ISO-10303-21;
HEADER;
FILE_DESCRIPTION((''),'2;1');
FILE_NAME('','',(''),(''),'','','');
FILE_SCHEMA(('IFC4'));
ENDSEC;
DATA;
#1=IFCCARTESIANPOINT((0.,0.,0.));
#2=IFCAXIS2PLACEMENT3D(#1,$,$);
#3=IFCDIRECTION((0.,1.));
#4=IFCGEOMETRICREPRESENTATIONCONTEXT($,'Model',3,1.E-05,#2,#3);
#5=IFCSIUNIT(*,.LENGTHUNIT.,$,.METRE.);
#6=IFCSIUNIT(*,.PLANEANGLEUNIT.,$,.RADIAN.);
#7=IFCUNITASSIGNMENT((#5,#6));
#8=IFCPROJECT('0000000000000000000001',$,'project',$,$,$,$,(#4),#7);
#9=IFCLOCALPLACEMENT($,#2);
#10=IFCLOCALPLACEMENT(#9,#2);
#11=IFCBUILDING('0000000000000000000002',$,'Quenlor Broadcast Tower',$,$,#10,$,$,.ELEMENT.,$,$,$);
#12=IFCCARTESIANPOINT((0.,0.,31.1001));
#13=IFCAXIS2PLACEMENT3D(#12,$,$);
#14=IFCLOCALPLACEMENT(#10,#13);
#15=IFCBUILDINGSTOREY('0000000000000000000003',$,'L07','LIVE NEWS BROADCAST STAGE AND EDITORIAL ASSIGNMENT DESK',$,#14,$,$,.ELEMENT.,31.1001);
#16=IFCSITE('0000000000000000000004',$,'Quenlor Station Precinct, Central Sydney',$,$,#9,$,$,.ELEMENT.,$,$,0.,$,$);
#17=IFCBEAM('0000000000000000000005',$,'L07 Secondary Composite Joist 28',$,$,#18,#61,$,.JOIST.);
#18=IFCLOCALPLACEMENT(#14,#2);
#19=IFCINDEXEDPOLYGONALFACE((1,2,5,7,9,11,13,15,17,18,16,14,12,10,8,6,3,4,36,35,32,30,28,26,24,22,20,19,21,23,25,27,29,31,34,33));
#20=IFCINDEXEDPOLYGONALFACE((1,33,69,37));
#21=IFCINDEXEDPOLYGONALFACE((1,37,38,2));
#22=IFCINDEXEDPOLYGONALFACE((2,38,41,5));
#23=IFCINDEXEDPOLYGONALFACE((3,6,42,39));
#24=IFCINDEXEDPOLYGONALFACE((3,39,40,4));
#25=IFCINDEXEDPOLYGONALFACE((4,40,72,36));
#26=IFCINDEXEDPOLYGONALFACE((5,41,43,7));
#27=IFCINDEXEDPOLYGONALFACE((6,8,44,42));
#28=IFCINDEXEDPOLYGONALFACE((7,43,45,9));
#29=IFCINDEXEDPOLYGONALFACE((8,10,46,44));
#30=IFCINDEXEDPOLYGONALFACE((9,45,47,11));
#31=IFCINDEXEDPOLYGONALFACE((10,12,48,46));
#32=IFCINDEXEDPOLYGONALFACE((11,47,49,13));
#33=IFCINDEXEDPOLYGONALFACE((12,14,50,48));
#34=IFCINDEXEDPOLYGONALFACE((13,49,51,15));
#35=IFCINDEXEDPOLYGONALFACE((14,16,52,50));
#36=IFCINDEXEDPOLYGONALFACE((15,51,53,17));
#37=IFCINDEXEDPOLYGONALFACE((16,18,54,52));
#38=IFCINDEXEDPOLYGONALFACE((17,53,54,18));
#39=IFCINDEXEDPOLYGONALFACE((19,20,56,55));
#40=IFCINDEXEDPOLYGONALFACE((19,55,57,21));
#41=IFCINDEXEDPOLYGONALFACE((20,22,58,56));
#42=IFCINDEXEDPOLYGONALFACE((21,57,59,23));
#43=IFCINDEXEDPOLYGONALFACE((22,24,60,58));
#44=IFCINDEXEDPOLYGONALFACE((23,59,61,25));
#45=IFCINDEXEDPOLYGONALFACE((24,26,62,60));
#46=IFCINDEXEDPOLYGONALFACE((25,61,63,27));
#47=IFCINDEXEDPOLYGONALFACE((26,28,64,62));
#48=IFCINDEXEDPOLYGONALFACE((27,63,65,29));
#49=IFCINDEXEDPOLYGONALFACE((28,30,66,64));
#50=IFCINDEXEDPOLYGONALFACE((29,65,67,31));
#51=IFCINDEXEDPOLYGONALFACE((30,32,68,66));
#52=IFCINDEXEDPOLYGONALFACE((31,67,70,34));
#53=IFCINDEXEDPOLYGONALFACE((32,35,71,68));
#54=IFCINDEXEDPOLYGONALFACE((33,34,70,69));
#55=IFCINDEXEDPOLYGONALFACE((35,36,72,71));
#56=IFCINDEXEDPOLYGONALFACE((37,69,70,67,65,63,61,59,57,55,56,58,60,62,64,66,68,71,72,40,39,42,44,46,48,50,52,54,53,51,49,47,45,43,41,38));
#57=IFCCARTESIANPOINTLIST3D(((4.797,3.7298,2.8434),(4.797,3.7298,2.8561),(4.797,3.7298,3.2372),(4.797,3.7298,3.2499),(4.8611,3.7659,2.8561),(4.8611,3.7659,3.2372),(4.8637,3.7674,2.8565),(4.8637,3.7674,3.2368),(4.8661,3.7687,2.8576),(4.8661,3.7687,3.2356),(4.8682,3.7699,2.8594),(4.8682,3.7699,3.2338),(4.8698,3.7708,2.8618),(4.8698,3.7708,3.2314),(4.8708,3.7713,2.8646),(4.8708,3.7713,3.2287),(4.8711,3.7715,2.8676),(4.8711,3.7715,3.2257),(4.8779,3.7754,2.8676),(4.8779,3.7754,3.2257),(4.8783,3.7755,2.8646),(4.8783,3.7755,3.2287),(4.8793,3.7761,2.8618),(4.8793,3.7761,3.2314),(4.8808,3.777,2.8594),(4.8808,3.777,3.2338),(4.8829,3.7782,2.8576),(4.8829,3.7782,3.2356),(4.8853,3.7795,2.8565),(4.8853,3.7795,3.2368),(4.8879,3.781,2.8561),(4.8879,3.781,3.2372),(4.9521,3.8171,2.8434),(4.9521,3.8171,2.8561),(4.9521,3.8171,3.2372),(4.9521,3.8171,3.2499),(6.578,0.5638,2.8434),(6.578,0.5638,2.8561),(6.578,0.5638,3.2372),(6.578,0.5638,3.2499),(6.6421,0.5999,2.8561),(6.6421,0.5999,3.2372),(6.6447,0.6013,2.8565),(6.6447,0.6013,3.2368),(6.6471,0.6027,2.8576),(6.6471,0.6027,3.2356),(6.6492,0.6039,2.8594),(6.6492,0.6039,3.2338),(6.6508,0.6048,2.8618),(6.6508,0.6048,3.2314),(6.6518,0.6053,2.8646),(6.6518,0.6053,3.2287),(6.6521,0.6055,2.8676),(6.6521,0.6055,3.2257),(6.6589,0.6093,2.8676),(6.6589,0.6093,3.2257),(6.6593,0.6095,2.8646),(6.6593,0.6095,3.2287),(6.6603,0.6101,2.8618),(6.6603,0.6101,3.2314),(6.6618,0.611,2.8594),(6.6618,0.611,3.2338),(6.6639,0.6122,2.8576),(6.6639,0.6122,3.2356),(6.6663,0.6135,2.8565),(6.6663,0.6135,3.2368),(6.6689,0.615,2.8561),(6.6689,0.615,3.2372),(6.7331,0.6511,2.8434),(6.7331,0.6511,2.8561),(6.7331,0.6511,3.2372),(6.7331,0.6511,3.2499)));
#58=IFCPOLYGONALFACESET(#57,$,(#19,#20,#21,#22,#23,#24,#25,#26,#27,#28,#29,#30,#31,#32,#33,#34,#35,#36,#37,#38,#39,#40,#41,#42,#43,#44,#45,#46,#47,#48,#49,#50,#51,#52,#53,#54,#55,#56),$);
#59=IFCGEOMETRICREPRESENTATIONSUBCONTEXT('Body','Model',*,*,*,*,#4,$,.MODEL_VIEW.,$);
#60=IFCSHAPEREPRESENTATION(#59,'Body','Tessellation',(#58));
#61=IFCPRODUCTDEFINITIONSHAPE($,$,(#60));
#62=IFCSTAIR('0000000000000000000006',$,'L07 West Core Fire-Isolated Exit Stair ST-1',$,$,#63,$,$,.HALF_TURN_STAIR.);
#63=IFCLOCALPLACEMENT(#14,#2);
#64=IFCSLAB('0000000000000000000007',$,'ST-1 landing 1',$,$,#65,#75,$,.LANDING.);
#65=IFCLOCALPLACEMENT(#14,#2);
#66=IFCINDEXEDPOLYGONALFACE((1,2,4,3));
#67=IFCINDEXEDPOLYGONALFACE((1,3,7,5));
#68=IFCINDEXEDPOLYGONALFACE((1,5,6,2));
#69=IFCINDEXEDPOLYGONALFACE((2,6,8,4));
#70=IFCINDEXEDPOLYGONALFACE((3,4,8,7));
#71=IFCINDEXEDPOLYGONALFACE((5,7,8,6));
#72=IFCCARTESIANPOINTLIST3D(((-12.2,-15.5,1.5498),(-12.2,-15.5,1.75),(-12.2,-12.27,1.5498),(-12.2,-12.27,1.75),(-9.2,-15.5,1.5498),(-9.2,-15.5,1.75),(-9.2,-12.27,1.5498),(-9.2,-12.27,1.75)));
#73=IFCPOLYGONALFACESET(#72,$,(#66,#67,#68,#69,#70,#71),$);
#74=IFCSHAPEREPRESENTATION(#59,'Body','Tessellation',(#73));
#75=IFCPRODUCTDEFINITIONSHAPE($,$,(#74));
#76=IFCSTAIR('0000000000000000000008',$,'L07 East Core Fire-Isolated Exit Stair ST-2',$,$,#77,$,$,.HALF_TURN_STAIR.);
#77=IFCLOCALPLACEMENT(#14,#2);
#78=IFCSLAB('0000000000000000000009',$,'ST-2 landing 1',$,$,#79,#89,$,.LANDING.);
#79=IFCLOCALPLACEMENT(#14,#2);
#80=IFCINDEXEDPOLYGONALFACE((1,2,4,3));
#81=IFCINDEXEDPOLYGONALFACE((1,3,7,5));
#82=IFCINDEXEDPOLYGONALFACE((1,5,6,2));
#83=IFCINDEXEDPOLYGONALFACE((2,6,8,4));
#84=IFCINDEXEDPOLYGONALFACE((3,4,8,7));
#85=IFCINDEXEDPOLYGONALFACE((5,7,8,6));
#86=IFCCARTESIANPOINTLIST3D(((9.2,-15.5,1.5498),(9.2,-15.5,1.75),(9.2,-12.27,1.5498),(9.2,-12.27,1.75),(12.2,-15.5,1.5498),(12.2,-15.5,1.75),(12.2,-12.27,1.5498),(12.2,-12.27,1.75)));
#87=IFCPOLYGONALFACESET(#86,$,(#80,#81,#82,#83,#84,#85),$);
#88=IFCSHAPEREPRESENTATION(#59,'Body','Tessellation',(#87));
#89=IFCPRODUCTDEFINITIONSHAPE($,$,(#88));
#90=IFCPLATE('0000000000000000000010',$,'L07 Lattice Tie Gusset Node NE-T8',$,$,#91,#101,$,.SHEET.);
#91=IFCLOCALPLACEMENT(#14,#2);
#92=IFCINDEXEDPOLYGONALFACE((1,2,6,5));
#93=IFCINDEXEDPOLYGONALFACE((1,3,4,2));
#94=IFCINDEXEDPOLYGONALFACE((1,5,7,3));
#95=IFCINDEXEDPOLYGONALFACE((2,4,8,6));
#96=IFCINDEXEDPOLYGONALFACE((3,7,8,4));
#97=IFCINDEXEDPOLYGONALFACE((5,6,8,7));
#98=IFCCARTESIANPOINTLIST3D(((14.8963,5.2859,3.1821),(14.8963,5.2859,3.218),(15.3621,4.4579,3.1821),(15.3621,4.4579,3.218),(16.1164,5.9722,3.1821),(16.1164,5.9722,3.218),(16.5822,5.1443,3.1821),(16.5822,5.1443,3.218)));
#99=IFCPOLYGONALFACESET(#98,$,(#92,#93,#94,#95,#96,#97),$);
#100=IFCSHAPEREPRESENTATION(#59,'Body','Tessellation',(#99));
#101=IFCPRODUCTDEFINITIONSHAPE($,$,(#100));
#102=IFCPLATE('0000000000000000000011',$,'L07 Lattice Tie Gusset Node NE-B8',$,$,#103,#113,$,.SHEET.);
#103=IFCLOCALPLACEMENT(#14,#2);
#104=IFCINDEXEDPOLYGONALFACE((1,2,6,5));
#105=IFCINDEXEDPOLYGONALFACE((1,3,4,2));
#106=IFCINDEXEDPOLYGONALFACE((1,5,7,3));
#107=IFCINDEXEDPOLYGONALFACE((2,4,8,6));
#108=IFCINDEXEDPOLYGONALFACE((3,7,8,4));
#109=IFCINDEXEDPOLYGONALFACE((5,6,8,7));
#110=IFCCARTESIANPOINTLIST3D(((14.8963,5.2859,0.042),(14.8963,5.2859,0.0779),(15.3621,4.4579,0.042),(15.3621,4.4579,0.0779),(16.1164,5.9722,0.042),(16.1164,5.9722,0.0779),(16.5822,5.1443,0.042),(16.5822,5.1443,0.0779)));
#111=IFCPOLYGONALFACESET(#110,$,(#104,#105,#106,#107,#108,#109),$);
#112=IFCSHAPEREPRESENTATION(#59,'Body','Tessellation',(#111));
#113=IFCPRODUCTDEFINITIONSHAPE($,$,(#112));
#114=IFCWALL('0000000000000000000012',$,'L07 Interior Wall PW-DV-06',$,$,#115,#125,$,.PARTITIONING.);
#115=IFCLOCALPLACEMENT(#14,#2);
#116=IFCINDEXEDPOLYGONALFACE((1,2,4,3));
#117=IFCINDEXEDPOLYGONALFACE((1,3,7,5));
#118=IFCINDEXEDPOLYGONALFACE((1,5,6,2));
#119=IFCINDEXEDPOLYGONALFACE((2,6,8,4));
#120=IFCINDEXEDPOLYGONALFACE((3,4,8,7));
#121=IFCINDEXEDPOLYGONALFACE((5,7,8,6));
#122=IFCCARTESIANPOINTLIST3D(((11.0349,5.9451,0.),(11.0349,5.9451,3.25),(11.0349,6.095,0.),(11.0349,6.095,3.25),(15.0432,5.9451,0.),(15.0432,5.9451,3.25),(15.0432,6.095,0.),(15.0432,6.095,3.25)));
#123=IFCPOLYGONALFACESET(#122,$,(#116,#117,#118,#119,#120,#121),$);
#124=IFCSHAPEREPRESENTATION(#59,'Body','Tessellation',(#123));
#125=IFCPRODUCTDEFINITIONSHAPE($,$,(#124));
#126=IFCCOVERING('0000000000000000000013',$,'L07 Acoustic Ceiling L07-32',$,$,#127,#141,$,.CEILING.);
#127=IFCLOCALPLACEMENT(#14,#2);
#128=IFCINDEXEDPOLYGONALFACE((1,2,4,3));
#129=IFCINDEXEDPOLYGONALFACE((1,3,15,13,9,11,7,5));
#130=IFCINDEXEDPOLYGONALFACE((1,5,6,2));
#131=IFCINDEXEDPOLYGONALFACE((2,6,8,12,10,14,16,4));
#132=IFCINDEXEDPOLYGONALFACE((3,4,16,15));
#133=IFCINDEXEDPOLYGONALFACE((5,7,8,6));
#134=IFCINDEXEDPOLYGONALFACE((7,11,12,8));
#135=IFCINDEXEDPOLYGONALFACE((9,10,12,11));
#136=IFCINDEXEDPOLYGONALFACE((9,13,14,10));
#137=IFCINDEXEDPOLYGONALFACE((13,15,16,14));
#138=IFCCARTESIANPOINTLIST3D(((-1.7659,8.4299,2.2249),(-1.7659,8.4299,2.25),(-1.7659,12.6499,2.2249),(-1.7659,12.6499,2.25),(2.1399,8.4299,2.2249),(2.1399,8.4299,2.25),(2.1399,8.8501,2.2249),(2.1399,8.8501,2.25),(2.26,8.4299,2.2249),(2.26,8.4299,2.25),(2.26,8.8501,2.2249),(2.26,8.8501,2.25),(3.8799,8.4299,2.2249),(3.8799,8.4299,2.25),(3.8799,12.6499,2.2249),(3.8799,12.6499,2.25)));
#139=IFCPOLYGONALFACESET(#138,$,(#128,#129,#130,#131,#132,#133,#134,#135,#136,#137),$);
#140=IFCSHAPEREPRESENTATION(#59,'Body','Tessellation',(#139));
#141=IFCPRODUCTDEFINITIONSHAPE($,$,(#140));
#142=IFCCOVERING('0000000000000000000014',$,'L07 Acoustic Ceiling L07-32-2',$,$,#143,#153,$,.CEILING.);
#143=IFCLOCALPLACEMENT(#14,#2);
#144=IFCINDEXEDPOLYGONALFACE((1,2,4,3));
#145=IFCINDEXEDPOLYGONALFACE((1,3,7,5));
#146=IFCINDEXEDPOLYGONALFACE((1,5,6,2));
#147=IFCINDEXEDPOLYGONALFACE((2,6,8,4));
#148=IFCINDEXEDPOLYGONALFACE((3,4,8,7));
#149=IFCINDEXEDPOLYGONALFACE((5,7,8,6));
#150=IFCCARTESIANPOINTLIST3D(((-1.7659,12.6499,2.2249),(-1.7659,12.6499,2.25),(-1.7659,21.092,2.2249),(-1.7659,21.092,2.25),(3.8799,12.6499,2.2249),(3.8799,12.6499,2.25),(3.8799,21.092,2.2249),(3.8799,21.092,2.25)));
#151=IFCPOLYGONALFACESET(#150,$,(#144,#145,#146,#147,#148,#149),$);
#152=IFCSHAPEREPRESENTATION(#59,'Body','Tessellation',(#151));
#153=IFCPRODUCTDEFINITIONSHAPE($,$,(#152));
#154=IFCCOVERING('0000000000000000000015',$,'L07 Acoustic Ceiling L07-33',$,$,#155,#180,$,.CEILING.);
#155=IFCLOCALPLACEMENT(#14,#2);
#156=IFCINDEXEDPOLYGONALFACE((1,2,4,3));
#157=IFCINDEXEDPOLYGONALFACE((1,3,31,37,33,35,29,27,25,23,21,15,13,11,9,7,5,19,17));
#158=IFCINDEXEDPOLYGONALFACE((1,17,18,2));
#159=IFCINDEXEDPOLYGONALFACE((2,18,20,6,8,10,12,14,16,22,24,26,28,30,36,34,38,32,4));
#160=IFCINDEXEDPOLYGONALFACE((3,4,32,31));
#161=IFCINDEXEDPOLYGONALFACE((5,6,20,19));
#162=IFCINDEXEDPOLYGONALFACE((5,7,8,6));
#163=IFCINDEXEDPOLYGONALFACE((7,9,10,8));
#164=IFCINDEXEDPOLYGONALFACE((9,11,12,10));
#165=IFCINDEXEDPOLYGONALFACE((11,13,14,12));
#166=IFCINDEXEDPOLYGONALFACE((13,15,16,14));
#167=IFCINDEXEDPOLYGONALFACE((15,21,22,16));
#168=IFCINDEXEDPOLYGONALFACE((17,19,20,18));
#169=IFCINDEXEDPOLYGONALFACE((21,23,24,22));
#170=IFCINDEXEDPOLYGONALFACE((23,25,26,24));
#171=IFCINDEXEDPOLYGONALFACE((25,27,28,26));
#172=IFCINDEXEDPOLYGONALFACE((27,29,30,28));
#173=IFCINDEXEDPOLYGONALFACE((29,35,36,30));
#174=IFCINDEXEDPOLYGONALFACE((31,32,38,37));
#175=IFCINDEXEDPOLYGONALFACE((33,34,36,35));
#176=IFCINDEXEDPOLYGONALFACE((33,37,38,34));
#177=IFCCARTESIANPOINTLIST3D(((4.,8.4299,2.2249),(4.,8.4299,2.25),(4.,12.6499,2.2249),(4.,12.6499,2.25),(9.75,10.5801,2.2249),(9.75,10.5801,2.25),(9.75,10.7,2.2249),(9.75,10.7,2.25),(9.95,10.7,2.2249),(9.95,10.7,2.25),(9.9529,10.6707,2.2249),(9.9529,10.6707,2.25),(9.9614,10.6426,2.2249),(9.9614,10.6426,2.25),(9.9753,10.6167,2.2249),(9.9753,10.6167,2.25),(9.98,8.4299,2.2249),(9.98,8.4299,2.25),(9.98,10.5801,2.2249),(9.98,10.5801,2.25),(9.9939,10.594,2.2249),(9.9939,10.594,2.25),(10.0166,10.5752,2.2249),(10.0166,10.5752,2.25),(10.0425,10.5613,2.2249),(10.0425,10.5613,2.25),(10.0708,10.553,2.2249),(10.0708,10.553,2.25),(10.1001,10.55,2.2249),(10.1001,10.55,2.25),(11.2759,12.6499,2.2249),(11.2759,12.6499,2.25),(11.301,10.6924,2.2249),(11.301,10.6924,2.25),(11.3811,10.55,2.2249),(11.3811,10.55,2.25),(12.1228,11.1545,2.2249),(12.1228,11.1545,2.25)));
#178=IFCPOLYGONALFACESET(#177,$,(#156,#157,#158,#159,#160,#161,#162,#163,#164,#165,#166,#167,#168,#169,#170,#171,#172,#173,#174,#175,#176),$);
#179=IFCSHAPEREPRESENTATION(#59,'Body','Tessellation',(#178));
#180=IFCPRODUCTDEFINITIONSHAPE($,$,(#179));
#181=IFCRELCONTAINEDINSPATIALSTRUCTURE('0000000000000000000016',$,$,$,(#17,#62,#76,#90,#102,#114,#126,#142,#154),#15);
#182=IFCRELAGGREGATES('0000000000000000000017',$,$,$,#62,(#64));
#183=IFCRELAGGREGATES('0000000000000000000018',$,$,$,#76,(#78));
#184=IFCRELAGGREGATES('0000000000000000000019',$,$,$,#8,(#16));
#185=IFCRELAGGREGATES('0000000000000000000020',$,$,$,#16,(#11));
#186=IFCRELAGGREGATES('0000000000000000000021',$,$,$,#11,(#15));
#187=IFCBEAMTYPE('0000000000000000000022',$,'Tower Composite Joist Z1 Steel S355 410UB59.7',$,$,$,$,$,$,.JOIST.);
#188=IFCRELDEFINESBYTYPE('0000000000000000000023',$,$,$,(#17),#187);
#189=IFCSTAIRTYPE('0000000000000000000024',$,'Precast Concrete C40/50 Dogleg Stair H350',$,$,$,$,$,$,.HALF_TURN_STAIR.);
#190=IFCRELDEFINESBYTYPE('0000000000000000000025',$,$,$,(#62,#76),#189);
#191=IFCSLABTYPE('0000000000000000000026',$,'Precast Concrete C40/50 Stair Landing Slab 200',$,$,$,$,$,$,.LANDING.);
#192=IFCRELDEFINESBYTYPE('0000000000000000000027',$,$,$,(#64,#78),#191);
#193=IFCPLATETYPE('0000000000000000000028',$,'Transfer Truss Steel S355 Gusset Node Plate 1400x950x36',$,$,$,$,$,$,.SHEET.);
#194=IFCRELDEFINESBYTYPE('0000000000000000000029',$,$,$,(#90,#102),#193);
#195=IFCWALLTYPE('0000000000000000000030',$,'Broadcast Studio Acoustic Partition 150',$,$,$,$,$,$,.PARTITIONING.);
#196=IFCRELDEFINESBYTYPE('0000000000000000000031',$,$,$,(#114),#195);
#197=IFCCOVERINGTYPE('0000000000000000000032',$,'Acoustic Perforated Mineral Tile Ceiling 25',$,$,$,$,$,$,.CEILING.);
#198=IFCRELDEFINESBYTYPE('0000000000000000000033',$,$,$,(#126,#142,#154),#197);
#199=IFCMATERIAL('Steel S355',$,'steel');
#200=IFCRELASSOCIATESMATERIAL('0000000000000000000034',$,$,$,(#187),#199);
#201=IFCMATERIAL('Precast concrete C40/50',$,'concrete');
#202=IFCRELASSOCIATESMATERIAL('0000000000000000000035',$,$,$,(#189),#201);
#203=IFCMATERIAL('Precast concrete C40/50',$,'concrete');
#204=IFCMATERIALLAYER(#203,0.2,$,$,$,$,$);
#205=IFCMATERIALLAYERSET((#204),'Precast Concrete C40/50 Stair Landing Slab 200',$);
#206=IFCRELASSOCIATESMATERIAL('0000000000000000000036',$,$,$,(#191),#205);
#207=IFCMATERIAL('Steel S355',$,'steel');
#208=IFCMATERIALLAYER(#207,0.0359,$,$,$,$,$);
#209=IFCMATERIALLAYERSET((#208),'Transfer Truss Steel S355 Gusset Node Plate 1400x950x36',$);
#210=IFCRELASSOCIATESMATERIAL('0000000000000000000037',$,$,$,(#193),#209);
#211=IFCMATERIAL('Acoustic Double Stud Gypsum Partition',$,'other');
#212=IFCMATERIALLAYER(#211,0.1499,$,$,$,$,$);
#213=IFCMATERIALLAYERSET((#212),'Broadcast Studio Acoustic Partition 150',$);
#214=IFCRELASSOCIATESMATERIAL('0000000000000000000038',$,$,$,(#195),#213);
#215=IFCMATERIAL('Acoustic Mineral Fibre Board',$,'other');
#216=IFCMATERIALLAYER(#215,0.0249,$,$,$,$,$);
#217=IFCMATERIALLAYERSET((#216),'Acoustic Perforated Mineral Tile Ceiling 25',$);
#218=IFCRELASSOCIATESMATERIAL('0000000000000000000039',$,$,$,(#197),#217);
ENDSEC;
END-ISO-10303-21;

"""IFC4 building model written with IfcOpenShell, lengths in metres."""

from ifc_helpers import new_model, si_unit, direction, frame, frame_2d, origin, origin_2d, place, context, subcontext, project, spatial, polyline, rectangle, i_section, outline, extrude, material, layer, layer_set, material_profile, profile_set, type_object, element, aggregate, save


model = new_model("IFC4")

# Units and contexts
model_context = context("Model", 3, precision=1e-05, world=origin(), true_north=direction((0.0, 1.0)))
body_context = subcontext(model_context, "Body", "Model", "MODEL_VIEW")
ifc_project = project(units=[si_unit("LENGTHUNIT", "METRE"), si_unit("PLANEANGLEUNIT", "RADIAN")], contexts=[model_context])

# Site, building, storey
site_placement = place(None, origin())
site = spatial("IfcSite", under=ifc_project, at=site_placement, Name="Quenlor Station Precinct, Central Sydney", CompositionType="ELEMENT", RefElevation=0.0)
building_placement = place(site_placement, origin())
building = spatial("IfcBuilding", under=site, at=building_placement, Name="Quenlor Broadcast Tower", CompositionType="ELEMENT")
storey_placement = place(building_placement, frame((0.0, 0.0, 31.1001)))
storey = spatial("IfcBuildingStorey", under=building, at=storey_placement, Name="L07", Description="LIVE NEWS BROADCAST STAGE AND EDITORIAL ASSIGNMENT DESK", CompositionType="ELEMENT", Elevation=31.1001)

# Beam
ifc_material_1 = material(Name="Steel S355", Category="steel")
ifc_material_profile = material_profile(ifc_material_1, i_section(OverallWidth=0.178, OverallDepth=0.4065, WebThickness=0.0078, FlangeThickness=0.0127, FilletRadius=0.0115, at=origin_2d()))
ifc_profile_set = profile_set([ifc_material_profile], Name="Steel S355 410UB59.7")
beam_type = type_object("IfcBeamType", Name="Tower Composite Joist Z1 Steel S355 410UB59.7", PredefinedType="JOIST", material=ifc_profile_set)
beam_placement = place(storey_placement, frame((4.8745, 3.7734, 3.0466), z_axis=(0.490287, -0.871561, 0.0), x_axis=(0.871561, 0.490287, 0.0)))
element("IfcBeam", 1, at=beam_placement, inside=storey, type_object=beam_type, Name="L07 Secondary Composite Joist 28", PredefinedType="JOIST", context=body_context, shape_type="SweptSolid", body=[
    extrude(i_section(OverallWidth=0.178, OverallDepth=0.4065, WebThickness=0.0078, FlangeThickness=0.0127, FilletRadius=0.0115, at=origin_2d()), origin(), (0.0, 0.0, 1.0), 3.6326),
])

# Stairs, slabs
ifc_material_2 = material(Name="Precast concrete C40/50", Category="concrete")
stair_type = type_object("IfcStairType", Name="Precast Concrete C40/50 Dogleg Stair H350", PredefinedType="HALF_TURN_STAIR", material=ifc_material_2)
stair_1_placement = place(storey_placement, origin())
stair_1 = element("IfcStair", 2, at=stair_1_placement, inside=storey, type_object=stair_type, Name="L07 West Core Fire-Isolated Exit Stair ST-1", PredefinedType="HALF_TURN_STAIR")
ifc_material_3 = material(Name="Precast concrete C40/50", Category="concrete")
ifc_layer_1 = layer(ifc_material_3, 0.2)
ifc_layer_set_1 = layer_set([ifc_layer_1], Name="Precast Concrete C40/50 Stair Landing Slab 200")
slab_type = type_object("IfcSlabType", Name="Precast Concrete C40/50 Stair Landing Slab 200", PredefinedType="LANDING", material=ifc_layer_set_1)
slab_1_placement = place(storey_placement, frame((0.0, 0.0, 1.5498)))
slab_1 = element("IfcSlab", 3, at=slab_1_placement, type_object=slab_type, Name="ST-1 landing 1", PredefinedType="LANDING", context=body_context, shape_type="SweptSolid", body=[
    extrude(outline(polyline([(-12.2, -12.27), (-12.2, -15.5), (-9.2, -15.5), (-9.2, -12.27), (-12.2, -12.27)])), origin(), (0.0, 0.0, 1.0), 0.2002),
])
aggregate(stair_1, [slab_1])
stair_2_placement = place(storey_placement, origin())
stair_2 = element("IfcStair", 4, at=stair_2_placement, inside=storey, type_object=stair_type, Name="L07 East Core Fire-Isolated Exit Stair ST-2", PredefinedType="HALF_TURN_STAIR")
slab_2_placement = place(storey_placement, frame((0.0, 0.0, 1.5498)))
slab_2 = element("IfcSlab", 5, at=slab_2_placement, type_object=slab_type, Name="ST-2 landing 1", PredefinedType="LANDING", context=body_context, shape_type="SweptSolid", body=[
    extrude(outline(polyline([(9.2, -12.27), (9.2, -15.5), (12.2, -15.5), (12.2, -12.27), (9.2, -12.27)])), origin(), (0.0, 0.0, 1.0), 0.2002),
])
aggregate(stair_2, [slab_2])

# Plates
ifc_material_4 = material(Name="Steel S355", Category="steel")
ifc_layer_2 = layer(ifc_material_4, 0.0359)
ifc_layer_set_2 = layer_set([ifc_layer_2], Name="Transfer Truss Steel S355 Gusset Node Plate 1400x950x36")
plate_type = type_object("IfcPlateType", Name="Transfer Truss Steel S355 Gusset Node Plate 1400x950x36", PredefinedType="SHEET", material=ifc_layer_set_2)
for number, where, z_axis, x_axis, name in (
    (6, (15.7393, 5.2151, 3.1821), (0.0, 0.0, 1.0), (0.871556, 0.490295, 0.0), "L07 Lattice Tie Gusset Node NE-T8"),
    (7, (15.7393, 5.2151, 0.042), (0.0, 0.0, 1.0), (0.871556, 0.490295, 0.0), "L07 Lattice Tie Gusset Node NE-B8"),
):
    element("IfcPlate", number, at=place(storey_placement, frame(where, z_axis=z_axis, x_axis=x_axis)), inside=storey, type_object=plate_type, Name=name, PredefinedType="SHEET", context=body_context, shape_type="SweptSolid", body=[
        extrude(rectangle(XDim=1.3999, YDim=0.95, at=origin_2d()), origin(), (0.0, 0.0, 1.0), 0.0359),
    ])

# Wall
ifc_material_5 = material(Name="Acoustic Double Stud Gypsum Partition", Category="other")
ifc_layer_3 = layer(ifc_material_5, 0.1499)
ifc_layer_set_3 = layer_set([ifc_layer_3], Name="Broadcast Studio Acoustic Partition 150")
wall_type = type_object("IfcWallType", Name="Broadcast Studio Acoustic Partition 150", PredefinedType="PARTITIONING", material=ifc_layer_set_3)
wall_placement = place(storey_placement, frame((15.0432, 6.02, 0.0), z_axis=(0.0, 0.0, 1.0), x_axis=(-1.0, 0.0, 0.0)))
element("IfcWall", 8, at=wall_placement, inside=storey, type_object=wall_type, Name="L07 Interior Wall PW-DV-06", PredefinedType="PARTITIONING", context=body_context, shape_type="SweptSolid", body=[
    extrude(rectangle(XDim=4.0083, YDim=0.1499, at=frame_2d((2.0042, 0.0))), origin(), (0.0, 0.0, 1.0), 3.25),
])

# Coverings
ifc_material_6 = material(Name="Acoustic Mineral Fibre Board", Category="other")
ifc_layer_4 = layer(ifc_material_6, 0.0249)
ifc_layer_set_4 = layer_set([ifc_layer_4], Name="Acoustic Perforated Mineral Tile Ceiling 25")
covering_type_1 = type_object("IfcCoveringType", Name="Acoustic Perforated Mineral Tile Ceiling 25", PredefinedType="CEILING", material=ifc_layer_set_4)
covering_1_placement = place(storey_placement, frame((0.0, 0.0, 2.2249)))
element("IfcCovering", 9, at=covering_1_placement, inside=storey, type_object=covering_type_1, Name="L07 Acoustic Ceiling L07-32", PredefinedType="CEILING", context=body_context, shape_type="SweptSolid", body=[
    extrude(outline(polyline([(-1.7659, 8.4299), (-1.7659, 12.6499), (3.8799, 12.6499), (3.8799, 8.4299), (2.26, 8.4299), (2.26, 8.8501), (2.1399, 8.8501), (2.1399, 8.4299), (-1.7659, 8.4299)])), origin(), (0.0, 0.0, 1.0), 0.0251),
])
covering_2_placement = place(storey_placement, frame((0.0, 0.0, 2.2249)))
element("IfcCovering", 10, at=covering_2_placement, inside=storey, type_object=covering_type_1, Name="L07 Acoustic Ceiling L07-32-2", PredefinedType="CEILING", context=body_context, shape_type="SweptSolid", body=[
    extrude(outline(polyline([(-1.7659, 21.092), (3.8799, 21.092), (3.8799, 12.6499), (-1.7659, 12.6499), (-1.7659, 21.092)])), origin(), (0.0, 0.0, 1.0), 0.0251),
])
covering_3_placement = place(storey_placement, frame((0.0, 0.0, 2.2249)))
element("IfcCovering", 11, at=covering_3_placement, inside=storey, type_object=covering_type_1, Name="L07 Acoustic Ceiling L07-33", PredefinedType="CEILING", context=body_context, shape_type="SweptSolid", body=[
    extrude(outline(polyline([(10.0425, 10.5613), (10.0166, 10.5752), (9.9939, 10.594), (9.9753, 10.6167), (9.9614, 10.6426), (9.9529, 10.6707), (9.95, 10.7), (9.75, 10.7), (9.75, 10.5801), (9.98, 10.5801), (9.98, 8.4299), (4.0, 8.4299), (4.0, 12.6499), (11.2759, 12.6499), (12.1228, 11.1545), (11.301, 10.6924), (11.3811, 10.55), (10.1001, 10.55), (10.0708, 10.553), (10.0425, 10.5613)])), origin(), (0.0, 0.0, 1.0), 0.0251),
])

save(model, "model.ifc")
